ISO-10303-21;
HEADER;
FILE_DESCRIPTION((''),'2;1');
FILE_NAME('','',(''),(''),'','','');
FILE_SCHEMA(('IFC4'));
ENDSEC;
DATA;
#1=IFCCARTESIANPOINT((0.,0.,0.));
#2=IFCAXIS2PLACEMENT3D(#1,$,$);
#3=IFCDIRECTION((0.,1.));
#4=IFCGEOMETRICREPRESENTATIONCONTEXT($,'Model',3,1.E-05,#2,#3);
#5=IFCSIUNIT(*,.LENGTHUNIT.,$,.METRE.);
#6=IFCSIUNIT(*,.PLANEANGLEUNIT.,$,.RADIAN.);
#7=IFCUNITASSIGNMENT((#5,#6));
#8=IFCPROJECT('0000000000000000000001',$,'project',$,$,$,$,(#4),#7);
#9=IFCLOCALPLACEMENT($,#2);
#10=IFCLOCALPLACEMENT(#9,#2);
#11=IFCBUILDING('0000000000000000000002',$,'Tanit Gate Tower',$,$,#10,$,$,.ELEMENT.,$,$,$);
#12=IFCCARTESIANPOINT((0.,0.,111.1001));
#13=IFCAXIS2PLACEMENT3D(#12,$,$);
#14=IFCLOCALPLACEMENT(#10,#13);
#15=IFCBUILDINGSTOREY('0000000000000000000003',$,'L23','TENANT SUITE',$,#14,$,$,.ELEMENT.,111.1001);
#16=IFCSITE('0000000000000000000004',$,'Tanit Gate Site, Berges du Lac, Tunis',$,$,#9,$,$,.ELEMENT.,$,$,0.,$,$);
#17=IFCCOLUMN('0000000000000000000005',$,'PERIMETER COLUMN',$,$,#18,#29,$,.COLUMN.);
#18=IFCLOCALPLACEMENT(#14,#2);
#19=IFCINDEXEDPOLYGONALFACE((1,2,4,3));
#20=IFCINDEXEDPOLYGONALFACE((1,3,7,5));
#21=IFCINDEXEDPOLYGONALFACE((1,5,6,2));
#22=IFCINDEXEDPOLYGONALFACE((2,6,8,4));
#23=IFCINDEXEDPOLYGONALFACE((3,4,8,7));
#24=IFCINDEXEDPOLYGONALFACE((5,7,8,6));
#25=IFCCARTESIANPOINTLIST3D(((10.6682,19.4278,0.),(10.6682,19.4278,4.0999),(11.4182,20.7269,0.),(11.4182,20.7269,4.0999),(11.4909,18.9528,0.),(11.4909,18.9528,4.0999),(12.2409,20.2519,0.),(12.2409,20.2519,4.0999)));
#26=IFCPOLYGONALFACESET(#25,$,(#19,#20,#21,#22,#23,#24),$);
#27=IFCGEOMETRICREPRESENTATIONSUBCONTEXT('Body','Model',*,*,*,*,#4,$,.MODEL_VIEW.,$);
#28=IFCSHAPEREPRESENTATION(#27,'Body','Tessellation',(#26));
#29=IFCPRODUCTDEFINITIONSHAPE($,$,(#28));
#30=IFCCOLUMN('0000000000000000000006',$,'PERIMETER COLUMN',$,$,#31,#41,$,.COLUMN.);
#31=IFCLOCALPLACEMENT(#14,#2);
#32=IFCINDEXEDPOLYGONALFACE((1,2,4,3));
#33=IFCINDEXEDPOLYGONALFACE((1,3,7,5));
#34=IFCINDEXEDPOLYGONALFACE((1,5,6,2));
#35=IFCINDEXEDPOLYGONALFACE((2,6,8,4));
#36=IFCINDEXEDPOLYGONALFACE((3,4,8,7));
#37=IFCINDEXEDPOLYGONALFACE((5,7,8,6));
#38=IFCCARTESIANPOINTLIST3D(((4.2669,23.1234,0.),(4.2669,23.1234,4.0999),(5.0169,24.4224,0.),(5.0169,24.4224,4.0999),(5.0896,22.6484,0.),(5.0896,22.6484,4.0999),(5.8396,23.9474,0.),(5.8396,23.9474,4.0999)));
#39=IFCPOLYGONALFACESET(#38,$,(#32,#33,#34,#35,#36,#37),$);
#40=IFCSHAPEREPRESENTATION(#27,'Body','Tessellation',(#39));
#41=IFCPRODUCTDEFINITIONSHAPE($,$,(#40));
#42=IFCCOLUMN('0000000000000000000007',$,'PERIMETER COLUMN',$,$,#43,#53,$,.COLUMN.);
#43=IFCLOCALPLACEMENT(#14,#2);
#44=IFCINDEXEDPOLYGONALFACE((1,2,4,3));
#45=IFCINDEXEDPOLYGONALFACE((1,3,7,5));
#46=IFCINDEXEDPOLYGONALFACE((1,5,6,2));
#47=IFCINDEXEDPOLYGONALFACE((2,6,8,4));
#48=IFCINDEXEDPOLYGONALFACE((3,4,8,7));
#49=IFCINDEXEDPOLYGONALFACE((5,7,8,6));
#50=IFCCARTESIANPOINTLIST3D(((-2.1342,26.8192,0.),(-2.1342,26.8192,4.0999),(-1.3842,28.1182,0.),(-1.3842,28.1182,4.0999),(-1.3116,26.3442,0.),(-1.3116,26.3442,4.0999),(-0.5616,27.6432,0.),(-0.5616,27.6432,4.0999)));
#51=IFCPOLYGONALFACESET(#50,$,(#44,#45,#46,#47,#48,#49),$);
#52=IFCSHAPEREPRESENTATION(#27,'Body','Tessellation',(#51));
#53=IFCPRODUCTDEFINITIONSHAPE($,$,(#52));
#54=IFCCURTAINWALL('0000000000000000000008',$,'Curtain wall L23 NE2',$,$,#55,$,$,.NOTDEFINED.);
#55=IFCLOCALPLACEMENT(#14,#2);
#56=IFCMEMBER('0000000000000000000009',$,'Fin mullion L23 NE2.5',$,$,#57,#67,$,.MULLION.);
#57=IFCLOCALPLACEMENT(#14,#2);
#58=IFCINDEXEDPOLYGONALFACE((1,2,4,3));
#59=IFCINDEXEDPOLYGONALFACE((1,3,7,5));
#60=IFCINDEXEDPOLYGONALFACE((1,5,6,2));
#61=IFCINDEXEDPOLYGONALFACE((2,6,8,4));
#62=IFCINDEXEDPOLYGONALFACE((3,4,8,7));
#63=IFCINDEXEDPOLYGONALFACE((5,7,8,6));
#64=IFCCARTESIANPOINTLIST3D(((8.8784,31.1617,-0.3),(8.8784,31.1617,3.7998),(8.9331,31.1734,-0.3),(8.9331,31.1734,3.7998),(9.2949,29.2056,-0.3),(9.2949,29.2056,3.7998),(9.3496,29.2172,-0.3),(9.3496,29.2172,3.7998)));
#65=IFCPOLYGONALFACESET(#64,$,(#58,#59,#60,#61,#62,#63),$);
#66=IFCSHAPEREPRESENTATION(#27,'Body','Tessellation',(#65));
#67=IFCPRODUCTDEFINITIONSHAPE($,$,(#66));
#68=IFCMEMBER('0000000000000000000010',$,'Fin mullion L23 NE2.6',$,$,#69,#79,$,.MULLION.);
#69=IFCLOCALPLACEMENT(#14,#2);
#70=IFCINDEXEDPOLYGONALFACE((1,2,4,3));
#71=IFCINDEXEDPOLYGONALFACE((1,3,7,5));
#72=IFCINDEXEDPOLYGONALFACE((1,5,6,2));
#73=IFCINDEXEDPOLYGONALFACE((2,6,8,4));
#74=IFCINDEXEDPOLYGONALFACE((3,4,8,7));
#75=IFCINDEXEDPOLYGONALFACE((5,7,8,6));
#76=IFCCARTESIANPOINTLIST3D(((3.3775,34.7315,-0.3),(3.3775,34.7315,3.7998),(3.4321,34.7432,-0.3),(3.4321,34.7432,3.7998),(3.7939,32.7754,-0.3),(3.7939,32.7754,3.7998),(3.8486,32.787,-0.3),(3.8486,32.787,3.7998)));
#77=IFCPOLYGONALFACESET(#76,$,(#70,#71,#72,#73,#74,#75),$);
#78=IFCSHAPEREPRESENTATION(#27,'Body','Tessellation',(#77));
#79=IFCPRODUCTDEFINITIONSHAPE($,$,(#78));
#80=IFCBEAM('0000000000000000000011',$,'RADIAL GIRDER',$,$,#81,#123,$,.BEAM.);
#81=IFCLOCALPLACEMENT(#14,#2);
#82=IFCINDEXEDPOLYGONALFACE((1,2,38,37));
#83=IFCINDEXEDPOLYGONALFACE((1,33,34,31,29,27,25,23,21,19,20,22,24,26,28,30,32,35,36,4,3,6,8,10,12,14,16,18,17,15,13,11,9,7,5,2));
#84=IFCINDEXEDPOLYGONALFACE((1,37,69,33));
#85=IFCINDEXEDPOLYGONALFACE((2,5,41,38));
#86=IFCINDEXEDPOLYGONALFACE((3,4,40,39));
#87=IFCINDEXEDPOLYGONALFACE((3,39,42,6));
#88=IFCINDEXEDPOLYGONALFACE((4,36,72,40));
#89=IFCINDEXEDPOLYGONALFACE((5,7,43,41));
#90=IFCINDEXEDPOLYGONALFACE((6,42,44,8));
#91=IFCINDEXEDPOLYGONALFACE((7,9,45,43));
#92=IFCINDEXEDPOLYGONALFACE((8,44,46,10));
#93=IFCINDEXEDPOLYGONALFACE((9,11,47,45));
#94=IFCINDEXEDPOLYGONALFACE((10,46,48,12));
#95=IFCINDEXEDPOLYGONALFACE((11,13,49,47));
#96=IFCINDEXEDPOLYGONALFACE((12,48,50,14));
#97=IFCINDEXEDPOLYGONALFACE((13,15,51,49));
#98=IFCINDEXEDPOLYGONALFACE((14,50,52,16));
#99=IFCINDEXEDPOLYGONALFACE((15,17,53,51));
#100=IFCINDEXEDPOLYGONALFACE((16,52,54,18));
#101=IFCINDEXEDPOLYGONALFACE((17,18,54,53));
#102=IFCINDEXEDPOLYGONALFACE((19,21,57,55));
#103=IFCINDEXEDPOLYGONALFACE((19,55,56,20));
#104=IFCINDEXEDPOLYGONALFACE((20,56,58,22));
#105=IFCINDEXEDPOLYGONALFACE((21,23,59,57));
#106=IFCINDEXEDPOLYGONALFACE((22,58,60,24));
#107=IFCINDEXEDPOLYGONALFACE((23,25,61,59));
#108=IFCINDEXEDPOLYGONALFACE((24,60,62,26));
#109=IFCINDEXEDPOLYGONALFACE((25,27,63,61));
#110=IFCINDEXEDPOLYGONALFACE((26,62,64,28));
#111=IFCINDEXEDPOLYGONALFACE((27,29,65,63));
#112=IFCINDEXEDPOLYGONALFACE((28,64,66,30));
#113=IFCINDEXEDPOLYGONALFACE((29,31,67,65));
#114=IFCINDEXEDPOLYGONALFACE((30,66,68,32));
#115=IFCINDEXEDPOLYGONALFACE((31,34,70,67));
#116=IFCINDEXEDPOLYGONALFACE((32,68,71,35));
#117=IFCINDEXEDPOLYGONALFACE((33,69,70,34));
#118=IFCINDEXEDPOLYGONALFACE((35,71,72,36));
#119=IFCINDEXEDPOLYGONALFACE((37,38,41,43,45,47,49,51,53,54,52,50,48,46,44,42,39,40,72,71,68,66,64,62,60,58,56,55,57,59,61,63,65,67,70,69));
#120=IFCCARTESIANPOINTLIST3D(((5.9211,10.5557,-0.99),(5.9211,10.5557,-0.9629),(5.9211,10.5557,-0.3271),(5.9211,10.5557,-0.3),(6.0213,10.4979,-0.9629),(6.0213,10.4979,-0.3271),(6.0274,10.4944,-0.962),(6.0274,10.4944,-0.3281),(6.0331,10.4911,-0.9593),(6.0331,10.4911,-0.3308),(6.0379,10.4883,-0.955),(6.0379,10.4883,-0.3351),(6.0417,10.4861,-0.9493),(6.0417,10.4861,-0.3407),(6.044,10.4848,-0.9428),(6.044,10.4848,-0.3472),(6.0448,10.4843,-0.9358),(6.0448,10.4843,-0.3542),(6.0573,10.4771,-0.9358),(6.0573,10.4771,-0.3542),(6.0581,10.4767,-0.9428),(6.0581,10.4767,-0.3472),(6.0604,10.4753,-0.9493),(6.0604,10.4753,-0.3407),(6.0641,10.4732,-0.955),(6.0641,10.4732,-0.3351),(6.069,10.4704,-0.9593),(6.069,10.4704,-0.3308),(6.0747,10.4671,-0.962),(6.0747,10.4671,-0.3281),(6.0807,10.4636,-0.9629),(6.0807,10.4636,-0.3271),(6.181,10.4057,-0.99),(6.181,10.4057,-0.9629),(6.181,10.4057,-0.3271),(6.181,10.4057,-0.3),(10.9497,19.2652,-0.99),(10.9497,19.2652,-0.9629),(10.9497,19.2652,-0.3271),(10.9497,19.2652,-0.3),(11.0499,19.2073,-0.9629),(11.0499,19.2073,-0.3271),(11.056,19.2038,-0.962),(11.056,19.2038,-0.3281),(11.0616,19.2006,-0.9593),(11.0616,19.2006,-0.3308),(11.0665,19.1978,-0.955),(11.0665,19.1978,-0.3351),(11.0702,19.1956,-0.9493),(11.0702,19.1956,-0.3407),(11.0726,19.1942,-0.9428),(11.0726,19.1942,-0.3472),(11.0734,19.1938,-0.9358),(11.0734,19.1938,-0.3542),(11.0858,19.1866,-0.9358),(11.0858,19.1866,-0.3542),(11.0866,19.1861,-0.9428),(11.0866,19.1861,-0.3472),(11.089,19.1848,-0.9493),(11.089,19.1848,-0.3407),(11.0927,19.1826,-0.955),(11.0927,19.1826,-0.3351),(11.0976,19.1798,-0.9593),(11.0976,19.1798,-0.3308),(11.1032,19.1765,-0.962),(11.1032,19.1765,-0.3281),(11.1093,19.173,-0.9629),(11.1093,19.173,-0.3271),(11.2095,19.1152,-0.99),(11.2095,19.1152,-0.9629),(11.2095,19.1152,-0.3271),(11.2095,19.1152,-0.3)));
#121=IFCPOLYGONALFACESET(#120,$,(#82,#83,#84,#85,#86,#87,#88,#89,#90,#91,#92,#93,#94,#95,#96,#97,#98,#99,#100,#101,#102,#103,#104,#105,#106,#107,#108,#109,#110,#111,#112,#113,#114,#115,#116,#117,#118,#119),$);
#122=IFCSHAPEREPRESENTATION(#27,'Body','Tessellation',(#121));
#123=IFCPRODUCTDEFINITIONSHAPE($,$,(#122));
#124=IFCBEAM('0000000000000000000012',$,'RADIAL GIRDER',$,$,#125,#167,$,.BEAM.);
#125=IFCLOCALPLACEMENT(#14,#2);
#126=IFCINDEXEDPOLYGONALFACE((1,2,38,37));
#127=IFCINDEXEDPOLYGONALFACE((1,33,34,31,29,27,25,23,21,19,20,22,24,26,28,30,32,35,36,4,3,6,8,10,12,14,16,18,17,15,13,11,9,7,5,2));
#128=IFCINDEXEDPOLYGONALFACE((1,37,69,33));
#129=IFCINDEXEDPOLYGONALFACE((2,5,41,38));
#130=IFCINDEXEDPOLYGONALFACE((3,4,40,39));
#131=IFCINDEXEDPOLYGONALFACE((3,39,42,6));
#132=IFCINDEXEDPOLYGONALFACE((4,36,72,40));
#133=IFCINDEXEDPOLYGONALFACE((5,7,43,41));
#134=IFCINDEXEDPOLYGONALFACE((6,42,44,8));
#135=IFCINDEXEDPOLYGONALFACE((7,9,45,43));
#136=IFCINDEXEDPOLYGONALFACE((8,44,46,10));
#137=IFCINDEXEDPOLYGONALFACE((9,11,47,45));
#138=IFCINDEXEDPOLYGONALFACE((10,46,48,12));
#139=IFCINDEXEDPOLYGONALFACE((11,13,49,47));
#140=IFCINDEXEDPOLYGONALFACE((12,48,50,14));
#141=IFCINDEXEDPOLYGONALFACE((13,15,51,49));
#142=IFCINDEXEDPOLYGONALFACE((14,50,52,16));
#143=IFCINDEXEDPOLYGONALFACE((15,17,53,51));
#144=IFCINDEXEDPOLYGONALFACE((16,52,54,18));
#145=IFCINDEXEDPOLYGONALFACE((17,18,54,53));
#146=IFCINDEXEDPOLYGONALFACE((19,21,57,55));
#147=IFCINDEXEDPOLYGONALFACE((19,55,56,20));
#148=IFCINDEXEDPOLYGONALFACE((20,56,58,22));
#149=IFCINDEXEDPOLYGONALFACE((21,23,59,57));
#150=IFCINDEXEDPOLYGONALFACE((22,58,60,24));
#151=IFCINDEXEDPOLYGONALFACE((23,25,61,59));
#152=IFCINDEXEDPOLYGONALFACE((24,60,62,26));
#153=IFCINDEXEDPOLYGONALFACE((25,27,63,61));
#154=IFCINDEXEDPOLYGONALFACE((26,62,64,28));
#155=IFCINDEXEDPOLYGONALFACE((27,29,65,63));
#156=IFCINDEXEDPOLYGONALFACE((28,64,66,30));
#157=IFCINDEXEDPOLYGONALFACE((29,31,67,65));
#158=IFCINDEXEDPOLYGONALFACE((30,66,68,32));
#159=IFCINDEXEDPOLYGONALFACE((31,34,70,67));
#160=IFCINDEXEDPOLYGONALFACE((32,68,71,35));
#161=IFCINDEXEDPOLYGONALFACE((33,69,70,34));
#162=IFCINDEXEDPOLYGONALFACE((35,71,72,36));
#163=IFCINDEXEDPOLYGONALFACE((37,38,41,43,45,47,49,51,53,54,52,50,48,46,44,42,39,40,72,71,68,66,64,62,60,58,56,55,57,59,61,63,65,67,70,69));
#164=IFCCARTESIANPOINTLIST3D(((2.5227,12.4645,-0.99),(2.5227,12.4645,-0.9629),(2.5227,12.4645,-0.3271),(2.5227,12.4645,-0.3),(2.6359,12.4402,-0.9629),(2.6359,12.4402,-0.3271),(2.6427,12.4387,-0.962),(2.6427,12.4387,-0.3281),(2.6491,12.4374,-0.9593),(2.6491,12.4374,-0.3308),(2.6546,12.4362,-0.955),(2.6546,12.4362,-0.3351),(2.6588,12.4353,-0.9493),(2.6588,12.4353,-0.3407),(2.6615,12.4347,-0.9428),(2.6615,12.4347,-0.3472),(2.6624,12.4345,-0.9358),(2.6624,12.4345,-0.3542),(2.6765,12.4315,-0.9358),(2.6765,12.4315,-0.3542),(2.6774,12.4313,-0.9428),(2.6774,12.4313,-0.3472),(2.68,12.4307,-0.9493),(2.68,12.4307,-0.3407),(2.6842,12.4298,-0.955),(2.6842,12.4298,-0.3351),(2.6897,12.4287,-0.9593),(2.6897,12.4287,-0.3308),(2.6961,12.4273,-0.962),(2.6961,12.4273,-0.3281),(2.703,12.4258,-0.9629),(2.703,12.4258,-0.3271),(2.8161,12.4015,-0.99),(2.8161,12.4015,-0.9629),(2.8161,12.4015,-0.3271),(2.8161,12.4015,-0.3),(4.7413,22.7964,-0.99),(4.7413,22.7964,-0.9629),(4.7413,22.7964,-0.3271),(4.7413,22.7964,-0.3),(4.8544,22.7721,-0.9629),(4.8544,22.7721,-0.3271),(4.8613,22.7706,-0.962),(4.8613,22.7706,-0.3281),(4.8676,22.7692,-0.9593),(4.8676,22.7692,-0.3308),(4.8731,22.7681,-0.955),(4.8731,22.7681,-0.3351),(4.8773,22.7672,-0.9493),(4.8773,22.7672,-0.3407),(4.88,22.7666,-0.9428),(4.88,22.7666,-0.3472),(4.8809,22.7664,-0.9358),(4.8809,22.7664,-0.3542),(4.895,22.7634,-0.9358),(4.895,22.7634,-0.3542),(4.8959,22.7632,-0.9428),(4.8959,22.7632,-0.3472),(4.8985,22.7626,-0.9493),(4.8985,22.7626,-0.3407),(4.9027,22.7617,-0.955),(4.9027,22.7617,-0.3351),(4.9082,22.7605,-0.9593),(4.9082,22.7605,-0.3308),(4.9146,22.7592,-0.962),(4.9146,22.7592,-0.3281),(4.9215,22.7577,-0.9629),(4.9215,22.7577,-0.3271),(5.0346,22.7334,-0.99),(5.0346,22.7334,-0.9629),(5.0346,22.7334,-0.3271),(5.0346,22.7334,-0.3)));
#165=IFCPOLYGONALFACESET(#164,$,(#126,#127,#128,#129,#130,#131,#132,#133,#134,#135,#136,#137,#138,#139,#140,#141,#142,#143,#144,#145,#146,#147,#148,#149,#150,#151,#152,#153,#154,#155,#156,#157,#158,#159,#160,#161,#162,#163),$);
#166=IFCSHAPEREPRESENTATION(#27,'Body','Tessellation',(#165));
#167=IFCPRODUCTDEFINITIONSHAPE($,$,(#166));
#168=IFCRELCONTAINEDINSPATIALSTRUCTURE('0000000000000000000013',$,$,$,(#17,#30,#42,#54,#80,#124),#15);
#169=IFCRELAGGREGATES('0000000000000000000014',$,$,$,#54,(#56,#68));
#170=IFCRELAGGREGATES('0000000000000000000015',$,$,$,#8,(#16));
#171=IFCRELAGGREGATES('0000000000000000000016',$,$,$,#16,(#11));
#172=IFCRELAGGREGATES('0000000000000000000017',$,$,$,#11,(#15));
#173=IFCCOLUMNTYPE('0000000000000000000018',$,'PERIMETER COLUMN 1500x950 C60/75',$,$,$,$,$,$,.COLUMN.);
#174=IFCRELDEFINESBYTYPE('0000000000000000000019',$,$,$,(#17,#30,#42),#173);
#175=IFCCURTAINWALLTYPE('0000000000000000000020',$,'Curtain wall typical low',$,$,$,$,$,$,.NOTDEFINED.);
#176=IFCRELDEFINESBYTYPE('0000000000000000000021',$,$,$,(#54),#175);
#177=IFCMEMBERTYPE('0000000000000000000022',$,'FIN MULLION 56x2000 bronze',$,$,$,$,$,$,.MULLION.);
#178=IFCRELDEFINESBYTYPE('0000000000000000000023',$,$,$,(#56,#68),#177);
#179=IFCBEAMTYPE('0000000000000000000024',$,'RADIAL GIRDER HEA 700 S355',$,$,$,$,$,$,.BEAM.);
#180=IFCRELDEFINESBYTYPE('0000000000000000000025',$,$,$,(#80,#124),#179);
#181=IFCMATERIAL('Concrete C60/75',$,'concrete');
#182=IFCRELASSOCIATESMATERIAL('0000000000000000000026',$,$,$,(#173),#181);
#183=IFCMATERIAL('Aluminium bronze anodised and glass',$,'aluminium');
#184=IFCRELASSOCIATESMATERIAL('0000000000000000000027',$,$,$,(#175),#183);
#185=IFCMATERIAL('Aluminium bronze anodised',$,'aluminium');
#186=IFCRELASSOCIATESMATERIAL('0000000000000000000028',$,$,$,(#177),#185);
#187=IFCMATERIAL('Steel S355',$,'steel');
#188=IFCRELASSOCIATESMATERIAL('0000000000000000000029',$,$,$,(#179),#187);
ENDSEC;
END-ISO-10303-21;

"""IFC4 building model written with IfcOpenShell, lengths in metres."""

from ifc_helpers import new_model, si_unit, direction, frame, origin, origin_2d, place, context, subcontext, project, spatial, rectangle, i_section, extrude, material, material_profile, profile_set, type_object, element, aggregate, save


model = new_model("IFC4")

# Units and contexts
model_context = context("Model", 3, precision=1e-05, world=origin(), true_north=direction((0.0, 1.0)))
body_context = subcontext(model_context, "Body", "Model", "MODEL_VIEW")
ifc_project = project(units=[si_unit("LENGTHUNIT", "METRE"), si_unit("PLANEANGLEUNIT", "RADIAN")], contexts=[model_context])

# Site, building, storey
site_placement = place(None, origin())
site = spatial("IfcSite", under=ifc_project, at=site_placement, Name="Tanit Gate Site, Berges du Lac, Tunis", CompositionType="ELEMENT", RefElevation=0.0)
building_placement = place(site_placement, origin())
building = spatial("IfcBuilding", under=site, at=building_placement, Name="Tanit Gate Tower", CompositionType="ELEMENT")
storey_placement = place(building_placement, frame((0.0, 0.0, 111.1001)))
storey = spatial("IfcBuildingStorey", under=building, at=storey_placement, Name="L23", Description="TENANT SUITE", CompositionType="ELEMENT", Elevation=111.1001)

# Columns
ifc_material_1 = material(Name="Concrete C60/75", Category="concrete")
ifc_material_profile_1 = material_profile(ifc_material_1, rectangle(XDim=1.5, YDim=0.95, at=origin_2d()), Name="RC 1500x950")
ifc_profile_set_1 = profile_set([ifc_material_profile_1], Name="Concrete C60/75")
column_type = type_object("IfcColumnType", Name="PERIMETER COLUMN 1500x950 C60/75", PredefinedType="COLUMN", material=ifc_profile_set_1)
for number, where, z_axis, x_axis, name in (
    (1, (11.4546, 19.8398, 0.0), (0.0, 0.0, 1.0), (0.5, 0.866025, 0.0), "PERIMETER COLUMN"),
    (2, (5.0532, 23.5354, 0.0), (0.0, 0.0, 1.0), (0.5, 0.866025, 0.0), "PERIMETER COLUMN"),
    (3, (-1.3479, 27.2312, 0.0), (0.0, 0.0, 1.0), (0.5, 0.866025, 0.0), "PERIMETER COLUMN"),
):
    element("IfcColumn", number, at=place(storey_placement, frame(where, z_axis=z_axis, x_axis=x_axis)), inside=storey, type_object=column_type, Name=name, PredefinedType="COLUMN", context=body_context, shape_type="SweptSolid", body=[
        extrude(rectangle(XDim=1.5, YDim=0.95, at=origin_2d()), origin(), (0.0, 0.0, 1.0), 4.0999),
    ])

# Curtain wall, members
ifc_material_2 = material(Name="Aluminium bronze anodised and glass", Category="aluminium")
curtain_wall_type = type_object("IfcCurtainWallType", Name="Curtain wall typical low", PredefinedType="NOTDEFINED", material=ifc_material_2)
curtain_wall_placement = place(storey_placement, origin())
curtain_wall = element("IfcCurtainWall", 4, at=curtain_wall_placement, inside=storey, type_object=curtain_wall_type, Name="Curtain wall L23 NE2", PredefinedType="NOTDEFINED")
ifc_material_3 = material(Name="Aluminium bronze anodised", Category="aluminium")
ifc_material_profile_2 = material_profile(ifc_material_3, rectangle(XDim=2.0, YDim=0.0559, at=origin_2d()), Name="56x2000 bronze fin mullion")
ifc_profile_set_2 = profile_set([ifc_material_profile_2], Name="Aluminium bronze anodised")
member_type_1 = type_object("IfcMemberType", Name="FIN MULLION 56x2000 bronze", PredefinedType="MULLION", material=ifc_profile_set_2)
member_1_placement = place(storey_placement, frame((9.114, 30.1895, -0.3), z_axis=(0.0, 0.0, 1.0), x_axis=(0.208238, -0.978078, 0.0)))
member_1 = element("IfcMember", 5, at=member_1_placement, type_object=member_type_1, Name="Fin mullion L23 NE2.5", PredefinedType="MULLION", context=body_context, shape_type="SweptSolid", body=[
    extrude(rectangle(XDim=2.0, YDim=0.0559, at=origin_2d()), origin(), (0.0, 0.0, 1.0), 4.0999),
])
member_2_placement = place(storey_placement, frame((3.613, 33.7593, -0.3), z_axis=(0.0, 0.0, 1.0), x_axis=(0.208238, -0.978078, 0.0)))
member_2 = element("IfcMember", 6, at=member_2_placement, type_object=member_type_1, Name="Fin mullion L23 NE2.6", PredefinedType="MULLION", context=body_context, shape_type="SweptSolid", body=[
    extrude(rectangle(XDim=2.0, YDim=0.0559, at=origin_2d()), origin(), (0.0, 0.0, 1.0), 4.0999),
])

# Beams
ifc_material_4 = material(Name="Steel S355", Category="steel")
ifc_material_profile_3 = material_profile(ifc_material_4, i_section(OverallWidth=0.3, OverallDepth=0.6899, WebThickness=0.0144, FlangeThickness=0.0271, FilletRadius=0.0271, at=origin_2d()), Name="HEA 700")
ifc_profile_set_3 = profile_set([ifc_material_profile_3], Name="Steel S355")
beam_type = type_object("IfcBeamType", Name="RADIAL GIRDER HEA 700 S355", PredefinedType="BEAM", material=ifc_profile_set_3)
beam_1_placement = place(storey_placement, frame((11.0796, 19.1902, -0.645), z_axis=(-0.500011, -0.866019, 0.0), x_axis=(0.866019, -0.500011, 0.0)))
element("IfcBeam", 7, at=beam_1_placement, inside=storey, type_object=beam_type, Name="RADIAL GIRDER", PredefinedType="BEAM", context=body_context, shape_type="SweptSolid", body=[
    extrude(i_section(OverallWidth=0.3, OverallDepth=0.6899, WebThickness=0.0144, FlangeThickness=0.0271, FilletRadius=0.0271, at=origin_2d()), origin(), (0.0, 0.0, 1.0), 10.0569),
])
beam_2_placement = place(storey_placement, frame((4.8879, 22.7649, -0.645), z_axis=(-0.209941, -0.977714, 0.0), x_axis=(0.977714, -0.209941, 0.0)))
element("IfcBeam", 8, at=beam_2_placement, inside=storey, type_object=beam_type, Name="RADIAL GIRDER", PredefinedType="BEAM", context=body_context, shape_type="SweptSolid", body=[
    extrude(i_section(OverallWidth=0.3, OverallDepth=0.6899, WebThickness=0.0144, FlangeThickness=0.0271, FilletRadius=0.0271, at=origin_2d()), origin(), (0.0, 0.0, 1.0), 10.5674),
])

aggregate(curtain_wall, [member_1, member_2])

save(model, "model.ifc")
